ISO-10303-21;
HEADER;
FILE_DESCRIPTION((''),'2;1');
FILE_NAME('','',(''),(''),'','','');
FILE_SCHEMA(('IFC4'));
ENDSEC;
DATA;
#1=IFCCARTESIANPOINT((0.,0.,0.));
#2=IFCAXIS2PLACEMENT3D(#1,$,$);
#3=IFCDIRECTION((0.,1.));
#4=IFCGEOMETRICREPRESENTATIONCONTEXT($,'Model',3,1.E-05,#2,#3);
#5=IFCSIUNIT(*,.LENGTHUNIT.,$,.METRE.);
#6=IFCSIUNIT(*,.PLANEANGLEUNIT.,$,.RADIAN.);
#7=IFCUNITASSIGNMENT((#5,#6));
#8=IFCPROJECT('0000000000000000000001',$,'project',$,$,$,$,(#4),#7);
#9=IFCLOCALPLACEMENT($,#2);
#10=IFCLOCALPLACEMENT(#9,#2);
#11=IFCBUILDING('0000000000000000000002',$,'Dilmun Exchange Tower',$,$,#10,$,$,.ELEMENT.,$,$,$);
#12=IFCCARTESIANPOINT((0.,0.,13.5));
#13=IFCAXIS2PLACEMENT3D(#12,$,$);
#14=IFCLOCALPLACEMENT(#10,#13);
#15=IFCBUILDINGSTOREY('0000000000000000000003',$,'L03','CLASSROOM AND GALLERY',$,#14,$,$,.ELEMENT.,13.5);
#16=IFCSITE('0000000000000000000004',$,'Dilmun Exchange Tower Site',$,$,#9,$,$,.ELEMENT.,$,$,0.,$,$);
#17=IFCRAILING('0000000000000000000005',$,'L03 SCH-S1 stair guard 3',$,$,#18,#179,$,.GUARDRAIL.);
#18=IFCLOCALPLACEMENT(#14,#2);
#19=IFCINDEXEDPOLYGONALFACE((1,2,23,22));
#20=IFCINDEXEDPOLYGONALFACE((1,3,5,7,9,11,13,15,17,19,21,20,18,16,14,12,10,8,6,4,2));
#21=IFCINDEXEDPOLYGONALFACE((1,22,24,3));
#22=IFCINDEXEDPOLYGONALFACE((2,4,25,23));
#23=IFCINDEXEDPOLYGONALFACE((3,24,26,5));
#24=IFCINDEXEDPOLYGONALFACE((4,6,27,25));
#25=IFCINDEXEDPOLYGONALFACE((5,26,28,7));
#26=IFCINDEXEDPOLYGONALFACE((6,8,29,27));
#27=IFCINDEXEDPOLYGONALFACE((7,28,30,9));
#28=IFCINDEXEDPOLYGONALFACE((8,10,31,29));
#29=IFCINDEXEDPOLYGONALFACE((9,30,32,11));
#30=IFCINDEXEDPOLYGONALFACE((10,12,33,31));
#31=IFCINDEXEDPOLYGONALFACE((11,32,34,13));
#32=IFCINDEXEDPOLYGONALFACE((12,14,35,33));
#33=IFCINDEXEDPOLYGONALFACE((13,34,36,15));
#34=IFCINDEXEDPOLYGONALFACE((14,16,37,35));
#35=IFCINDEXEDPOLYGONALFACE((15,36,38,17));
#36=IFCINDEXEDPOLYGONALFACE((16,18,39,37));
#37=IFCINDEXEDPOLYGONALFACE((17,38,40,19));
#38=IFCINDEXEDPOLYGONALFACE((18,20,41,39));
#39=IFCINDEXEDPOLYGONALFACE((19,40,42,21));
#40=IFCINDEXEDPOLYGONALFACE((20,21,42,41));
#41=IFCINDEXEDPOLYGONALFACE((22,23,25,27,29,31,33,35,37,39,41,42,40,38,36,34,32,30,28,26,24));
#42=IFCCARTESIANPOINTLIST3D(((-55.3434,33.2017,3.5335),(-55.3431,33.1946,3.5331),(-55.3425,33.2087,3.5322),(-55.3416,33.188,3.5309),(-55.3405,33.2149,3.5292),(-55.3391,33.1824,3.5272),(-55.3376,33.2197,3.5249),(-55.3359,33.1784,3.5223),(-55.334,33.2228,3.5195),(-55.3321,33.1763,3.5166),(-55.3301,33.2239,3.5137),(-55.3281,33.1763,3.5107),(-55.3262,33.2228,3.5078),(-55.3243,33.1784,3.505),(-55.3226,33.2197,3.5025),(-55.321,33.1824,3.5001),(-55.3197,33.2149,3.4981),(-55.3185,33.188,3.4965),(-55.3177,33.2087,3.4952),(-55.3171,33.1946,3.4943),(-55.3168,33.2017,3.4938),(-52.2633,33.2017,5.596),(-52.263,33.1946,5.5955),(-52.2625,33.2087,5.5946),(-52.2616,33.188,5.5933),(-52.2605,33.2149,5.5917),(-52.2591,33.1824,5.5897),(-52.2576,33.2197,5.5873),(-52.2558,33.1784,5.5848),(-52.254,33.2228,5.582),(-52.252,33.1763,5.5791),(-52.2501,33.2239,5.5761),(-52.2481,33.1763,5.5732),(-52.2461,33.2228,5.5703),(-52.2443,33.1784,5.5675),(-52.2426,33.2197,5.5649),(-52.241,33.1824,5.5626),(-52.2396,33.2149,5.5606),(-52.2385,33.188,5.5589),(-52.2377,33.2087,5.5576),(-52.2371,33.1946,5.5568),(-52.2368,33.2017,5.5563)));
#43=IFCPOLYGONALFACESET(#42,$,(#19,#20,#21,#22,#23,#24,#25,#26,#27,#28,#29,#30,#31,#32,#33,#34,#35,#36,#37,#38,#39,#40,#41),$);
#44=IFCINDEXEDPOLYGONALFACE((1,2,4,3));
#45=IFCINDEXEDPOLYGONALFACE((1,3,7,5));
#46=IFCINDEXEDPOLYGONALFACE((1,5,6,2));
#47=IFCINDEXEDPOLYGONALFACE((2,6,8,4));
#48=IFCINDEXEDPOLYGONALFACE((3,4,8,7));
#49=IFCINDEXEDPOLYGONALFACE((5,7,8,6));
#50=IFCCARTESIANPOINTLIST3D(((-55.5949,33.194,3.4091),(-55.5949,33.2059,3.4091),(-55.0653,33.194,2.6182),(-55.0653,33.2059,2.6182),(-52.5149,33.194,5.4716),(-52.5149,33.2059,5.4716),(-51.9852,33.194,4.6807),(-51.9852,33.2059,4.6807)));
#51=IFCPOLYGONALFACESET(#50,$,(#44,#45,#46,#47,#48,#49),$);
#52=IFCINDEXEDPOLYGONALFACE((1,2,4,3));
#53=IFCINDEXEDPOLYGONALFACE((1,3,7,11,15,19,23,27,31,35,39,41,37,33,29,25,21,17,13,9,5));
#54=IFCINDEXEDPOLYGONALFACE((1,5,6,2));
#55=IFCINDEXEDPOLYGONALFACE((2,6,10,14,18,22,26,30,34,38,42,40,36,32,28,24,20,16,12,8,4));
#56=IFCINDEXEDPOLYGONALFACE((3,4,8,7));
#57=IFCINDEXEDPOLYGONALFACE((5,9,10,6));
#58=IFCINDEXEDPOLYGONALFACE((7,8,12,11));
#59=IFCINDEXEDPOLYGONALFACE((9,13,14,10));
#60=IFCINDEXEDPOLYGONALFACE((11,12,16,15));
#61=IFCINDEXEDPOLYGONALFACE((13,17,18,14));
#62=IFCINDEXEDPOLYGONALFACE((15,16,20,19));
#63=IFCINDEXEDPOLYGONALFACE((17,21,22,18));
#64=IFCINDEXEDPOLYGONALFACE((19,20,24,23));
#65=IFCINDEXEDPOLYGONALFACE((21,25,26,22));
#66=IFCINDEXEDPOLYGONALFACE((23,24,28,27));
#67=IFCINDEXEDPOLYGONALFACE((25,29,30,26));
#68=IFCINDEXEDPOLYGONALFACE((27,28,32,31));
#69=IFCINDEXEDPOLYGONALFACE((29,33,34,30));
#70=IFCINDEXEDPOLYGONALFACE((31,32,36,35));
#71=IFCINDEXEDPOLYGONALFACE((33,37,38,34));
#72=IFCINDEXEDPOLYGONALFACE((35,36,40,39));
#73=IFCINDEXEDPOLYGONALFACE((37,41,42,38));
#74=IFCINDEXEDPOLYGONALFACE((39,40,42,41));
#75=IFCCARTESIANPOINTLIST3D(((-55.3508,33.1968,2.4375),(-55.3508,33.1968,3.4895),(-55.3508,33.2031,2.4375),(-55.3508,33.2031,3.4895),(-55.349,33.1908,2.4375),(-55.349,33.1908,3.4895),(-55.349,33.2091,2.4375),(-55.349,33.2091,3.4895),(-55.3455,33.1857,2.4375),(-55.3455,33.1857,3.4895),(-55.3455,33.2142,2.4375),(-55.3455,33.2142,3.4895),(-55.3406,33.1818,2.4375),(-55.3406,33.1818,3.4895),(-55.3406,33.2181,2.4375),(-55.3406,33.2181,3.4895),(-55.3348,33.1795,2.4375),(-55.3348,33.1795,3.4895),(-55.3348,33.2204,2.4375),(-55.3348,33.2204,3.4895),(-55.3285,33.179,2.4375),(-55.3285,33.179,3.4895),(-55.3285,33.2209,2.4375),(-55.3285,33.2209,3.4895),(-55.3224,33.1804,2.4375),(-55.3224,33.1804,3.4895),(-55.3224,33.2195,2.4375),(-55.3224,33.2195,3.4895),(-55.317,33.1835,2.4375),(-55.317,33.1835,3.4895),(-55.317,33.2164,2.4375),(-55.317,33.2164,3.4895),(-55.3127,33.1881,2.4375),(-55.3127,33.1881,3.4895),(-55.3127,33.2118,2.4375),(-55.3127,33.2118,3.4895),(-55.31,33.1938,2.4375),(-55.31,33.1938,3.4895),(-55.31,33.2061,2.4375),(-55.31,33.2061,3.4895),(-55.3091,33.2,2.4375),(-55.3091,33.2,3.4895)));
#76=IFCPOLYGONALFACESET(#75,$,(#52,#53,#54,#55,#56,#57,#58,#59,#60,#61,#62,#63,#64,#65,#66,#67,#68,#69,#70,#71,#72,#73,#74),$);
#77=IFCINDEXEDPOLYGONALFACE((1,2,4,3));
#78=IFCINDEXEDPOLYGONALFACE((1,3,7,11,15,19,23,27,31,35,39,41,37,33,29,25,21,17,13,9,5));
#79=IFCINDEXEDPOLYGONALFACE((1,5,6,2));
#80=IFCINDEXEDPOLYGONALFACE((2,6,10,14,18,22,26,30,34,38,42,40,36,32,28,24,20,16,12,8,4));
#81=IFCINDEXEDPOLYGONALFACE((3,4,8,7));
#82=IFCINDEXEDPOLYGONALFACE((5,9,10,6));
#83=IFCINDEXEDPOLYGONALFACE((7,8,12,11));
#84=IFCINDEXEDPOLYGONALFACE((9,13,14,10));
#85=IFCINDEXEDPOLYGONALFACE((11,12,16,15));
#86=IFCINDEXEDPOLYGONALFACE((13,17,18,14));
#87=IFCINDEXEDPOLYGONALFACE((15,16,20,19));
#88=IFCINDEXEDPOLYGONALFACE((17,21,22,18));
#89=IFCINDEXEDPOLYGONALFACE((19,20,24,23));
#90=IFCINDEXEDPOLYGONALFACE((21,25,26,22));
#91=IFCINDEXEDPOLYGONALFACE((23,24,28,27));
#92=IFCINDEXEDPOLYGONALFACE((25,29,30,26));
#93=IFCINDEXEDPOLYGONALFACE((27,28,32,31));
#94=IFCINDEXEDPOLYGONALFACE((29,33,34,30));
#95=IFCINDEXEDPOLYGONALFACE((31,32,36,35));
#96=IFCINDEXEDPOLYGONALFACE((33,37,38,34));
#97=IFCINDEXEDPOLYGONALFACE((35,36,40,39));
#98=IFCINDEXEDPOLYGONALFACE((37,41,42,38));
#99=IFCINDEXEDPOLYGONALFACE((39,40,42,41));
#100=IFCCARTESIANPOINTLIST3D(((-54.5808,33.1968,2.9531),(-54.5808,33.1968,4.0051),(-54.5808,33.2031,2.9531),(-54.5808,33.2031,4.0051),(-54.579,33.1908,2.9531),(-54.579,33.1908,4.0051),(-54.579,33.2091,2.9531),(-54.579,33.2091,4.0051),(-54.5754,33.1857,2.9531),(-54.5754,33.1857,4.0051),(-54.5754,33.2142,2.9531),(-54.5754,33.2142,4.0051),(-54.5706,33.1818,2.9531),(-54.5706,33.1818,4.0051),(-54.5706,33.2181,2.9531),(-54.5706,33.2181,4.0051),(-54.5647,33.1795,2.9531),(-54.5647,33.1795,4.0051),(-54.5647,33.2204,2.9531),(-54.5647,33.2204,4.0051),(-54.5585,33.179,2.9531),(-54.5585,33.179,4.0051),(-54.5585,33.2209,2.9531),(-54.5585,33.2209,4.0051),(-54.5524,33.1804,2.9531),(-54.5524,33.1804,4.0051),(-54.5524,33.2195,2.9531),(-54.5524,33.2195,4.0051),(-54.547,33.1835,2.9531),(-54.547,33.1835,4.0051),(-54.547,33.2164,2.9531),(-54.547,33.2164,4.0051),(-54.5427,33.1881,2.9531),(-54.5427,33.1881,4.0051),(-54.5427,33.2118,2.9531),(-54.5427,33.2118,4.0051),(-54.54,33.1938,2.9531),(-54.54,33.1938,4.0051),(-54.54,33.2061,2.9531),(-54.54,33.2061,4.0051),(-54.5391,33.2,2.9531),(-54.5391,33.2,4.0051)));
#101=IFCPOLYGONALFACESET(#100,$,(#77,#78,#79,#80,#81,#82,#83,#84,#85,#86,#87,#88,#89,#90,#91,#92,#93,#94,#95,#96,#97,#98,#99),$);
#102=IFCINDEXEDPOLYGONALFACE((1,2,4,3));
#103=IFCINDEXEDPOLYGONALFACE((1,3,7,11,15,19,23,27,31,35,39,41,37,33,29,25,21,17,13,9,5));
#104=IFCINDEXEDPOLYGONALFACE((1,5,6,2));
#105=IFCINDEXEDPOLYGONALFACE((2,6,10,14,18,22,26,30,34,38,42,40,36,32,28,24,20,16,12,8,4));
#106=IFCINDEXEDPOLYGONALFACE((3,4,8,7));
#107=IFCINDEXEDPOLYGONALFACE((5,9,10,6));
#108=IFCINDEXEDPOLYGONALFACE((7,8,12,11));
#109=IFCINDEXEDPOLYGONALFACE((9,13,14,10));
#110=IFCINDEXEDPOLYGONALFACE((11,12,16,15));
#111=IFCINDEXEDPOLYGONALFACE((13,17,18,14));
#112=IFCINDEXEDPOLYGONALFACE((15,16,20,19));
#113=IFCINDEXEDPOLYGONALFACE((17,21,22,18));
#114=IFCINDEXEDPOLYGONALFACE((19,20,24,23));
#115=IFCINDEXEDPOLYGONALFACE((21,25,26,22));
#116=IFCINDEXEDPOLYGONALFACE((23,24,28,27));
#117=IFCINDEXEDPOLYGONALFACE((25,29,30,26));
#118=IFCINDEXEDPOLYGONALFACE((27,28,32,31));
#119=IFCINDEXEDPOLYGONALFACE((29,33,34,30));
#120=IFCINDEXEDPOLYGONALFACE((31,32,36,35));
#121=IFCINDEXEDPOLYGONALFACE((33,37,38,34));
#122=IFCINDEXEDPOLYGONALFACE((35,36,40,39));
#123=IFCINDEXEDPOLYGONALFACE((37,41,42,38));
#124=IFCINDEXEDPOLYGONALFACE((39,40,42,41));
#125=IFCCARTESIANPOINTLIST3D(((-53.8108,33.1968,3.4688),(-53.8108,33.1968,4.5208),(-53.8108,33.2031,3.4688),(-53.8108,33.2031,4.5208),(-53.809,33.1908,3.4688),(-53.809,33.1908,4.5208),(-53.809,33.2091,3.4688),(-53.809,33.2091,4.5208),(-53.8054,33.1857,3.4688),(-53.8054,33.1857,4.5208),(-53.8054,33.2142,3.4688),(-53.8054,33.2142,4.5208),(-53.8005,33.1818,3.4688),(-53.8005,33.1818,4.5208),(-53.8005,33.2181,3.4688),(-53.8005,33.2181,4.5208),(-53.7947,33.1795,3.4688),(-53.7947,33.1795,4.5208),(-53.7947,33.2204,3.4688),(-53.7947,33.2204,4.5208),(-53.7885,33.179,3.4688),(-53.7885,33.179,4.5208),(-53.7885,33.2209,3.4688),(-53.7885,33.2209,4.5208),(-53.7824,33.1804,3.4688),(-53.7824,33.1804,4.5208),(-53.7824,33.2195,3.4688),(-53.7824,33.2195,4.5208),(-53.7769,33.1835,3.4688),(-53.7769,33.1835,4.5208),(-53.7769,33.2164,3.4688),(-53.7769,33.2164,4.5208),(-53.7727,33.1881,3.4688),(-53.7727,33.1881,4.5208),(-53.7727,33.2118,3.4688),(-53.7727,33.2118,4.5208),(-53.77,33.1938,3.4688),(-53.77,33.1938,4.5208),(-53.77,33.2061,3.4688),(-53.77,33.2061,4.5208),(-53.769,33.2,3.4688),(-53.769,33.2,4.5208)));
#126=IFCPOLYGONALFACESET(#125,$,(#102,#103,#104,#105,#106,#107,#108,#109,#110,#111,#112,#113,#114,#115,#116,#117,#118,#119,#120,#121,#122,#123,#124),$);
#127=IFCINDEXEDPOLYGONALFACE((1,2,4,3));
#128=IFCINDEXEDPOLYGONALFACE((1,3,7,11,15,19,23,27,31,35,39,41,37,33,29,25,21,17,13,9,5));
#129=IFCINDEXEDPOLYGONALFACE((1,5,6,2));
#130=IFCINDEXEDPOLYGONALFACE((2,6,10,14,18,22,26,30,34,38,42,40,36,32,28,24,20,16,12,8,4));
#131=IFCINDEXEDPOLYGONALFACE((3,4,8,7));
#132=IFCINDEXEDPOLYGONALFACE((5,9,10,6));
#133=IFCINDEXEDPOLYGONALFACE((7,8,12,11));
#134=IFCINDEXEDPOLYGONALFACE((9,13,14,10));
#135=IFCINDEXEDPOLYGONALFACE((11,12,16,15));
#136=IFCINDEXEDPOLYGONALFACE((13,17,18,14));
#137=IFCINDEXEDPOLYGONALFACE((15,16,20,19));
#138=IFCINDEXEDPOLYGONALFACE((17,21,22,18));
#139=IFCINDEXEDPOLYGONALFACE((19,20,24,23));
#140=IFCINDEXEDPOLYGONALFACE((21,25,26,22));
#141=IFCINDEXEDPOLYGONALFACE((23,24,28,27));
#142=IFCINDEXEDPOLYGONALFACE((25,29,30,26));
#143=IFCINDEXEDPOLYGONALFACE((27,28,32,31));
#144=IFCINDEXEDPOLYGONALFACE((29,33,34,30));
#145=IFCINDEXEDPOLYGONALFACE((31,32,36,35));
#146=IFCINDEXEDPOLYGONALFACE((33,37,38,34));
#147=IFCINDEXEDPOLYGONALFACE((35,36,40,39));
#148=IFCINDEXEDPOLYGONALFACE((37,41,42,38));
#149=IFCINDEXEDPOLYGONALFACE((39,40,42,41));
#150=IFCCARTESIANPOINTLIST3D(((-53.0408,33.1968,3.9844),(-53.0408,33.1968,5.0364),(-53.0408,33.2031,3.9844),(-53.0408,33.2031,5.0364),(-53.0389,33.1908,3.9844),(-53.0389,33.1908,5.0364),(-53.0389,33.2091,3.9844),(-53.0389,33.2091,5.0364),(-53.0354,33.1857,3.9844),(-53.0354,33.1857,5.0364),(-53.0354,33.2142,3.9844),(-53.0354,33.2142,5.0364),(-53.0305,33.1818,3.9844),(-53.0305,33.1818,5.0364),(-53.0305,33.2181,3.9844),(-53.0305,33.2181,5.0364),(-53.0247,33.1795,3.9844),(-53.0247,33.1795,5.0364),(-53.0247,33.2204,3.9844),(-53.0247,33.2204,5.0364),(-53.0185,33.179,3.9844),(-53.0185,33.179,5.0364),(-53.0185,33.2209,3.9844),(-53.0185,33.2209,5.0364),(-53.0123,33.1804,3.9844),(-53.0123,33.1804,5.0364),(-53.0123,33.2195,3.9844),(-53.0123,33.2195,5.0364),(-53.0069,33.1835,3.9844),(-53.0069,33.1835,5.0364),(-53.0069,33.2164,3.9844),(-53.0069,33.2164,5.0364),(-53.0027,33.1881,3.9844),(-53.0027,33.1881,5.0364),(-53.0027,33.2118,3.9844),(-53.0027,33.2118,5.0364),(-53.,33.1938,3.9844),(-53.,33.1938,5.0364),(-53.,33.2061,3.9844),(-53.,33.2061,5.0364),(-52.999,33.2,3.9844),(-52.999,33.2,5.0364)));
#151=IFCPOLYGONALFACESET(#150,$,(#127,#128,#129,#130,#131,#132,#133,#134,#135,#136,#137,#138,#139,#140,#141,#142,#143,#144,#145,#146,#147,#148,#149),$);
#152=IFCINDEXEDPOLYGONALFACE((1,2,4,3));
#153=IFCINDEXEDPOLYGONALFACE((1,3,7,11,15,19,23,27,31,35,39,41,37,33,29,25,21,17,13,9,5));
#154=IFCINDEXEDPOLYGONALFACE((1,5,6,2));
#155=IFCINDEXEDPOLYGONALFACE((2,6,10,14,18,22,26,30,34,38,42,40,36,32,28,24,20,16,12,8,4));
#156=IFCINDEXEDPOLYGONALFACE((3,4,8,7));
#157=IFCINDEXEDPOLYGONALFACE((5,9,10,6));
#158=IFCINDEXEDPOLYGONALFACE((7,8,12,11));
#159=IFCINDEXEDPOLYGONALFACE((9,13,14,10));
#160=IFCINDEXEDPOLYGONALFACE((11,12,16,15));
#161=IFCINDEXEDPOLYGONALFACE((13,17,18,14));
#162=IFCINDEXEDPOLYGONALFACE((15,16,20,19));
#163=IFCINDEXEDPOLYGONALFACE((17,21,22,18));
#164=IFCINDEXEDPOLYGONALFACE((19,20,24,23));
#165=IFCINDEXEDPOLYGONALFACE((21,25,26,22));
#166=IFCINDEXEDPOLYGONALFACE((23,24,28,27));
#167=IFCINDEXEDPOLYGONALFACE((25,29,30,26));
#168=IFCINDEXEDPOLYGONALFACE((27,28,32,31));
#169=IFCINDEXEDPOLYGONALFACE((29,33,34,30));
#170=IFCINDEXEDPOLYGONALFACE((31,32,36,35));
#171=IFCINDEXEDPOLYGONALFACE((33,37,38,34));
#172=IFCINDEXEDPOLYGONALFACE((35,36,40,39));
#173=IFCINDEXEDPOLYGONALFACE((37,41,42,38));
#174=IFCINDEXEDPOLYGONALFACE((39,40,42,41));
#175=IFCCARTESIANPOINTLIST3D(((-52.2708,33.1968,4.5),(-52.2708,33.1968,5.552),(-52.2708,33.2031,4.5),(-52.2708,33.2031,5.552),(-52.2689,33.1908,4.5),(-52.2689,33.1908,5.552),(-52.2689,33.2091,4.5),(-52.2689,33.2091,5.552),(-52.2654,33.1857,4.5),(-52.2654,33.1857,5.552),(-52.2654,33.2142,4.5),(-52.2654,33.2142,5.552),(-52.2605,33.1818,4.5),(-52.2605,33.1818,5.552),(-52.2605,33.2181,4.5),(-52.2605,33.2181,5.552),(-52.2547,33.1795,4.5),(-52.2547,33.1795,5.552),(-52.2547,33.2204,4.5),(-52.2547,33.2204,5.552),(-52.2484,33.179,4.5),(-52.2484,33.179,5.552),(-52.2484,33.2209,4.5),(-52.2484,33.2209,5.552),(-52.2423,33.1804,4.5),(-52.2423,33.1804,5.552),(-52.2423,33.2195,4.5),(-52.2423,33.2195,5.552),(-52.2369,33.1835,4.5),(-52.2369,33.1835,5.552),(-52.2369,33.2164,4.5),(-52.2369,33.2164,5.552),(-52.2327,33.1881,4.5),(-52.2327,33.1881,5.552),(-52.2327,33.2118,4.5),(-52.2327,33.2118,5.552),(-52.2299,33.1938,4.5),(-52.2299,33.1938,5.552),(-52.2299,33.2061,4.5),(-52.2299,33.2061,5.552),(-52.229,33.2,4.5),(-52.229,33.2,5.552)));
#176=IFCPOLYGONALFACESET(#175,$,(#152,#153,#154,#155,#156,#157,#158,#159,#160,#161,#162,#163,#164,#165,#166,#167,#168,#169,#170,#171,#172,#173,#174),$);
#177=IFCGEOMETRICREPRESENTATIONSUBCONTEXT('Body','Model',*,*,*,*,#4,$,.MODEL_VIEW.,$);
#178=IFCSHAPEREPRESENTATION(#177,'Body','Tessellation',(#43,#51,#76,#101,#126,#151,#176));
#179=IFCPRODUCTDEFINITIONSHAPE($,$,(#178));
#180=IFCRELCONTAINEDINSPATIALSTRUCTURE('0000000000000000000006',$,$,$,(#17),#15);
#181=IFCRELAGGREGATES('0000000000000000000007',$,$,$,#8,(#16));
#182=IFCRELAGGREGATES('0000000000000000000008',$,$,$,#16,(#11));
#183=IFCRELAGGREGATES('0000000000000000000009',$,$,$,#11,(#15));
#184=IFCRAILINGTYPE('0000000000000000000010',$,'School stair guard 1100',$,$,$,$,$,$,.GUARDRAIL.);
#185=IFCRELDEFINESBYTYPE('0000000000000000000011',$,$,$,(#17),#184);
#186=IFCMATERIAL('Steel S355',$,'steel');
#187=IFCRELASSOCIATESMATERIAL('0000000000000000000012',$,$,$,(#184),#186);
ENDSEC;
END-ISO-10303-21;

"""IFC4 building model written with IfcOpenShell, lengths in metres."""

from ifc_helpers import new_model, si_unit, direction, frame, origin, origin_2d, place, context, subcontext, project, spatial, rectangle, circle, extrude, material, type_object, element, save


model = new_model("IFC4")

# Units and contexts
model_context = context("Model", 3, precision=1e-05, world=origin(), true_north=direction((0.0, 1.0)))
body_context = subcontext(model_context, "Body", "Model", "MODEL_VIEW")
ifc_project = project(units=[si_unit("LENGTHUNIT", "METRE"), si_unit("PLANEANGLEUNIT", "RADIAN")], contexts=[model_context])

# Site, building, storey
site_placement = place(None, origin())
site = spatial("IfcSite", under=ifc_project, at=site_placement, Name="Dilmun Exchange Tower Site", CompositionType="ELEMENT", RefElevation=0.0)
building_placement = place(site_placement, origin())
building = spatial("IfcBuilding", under=site, at=building_placement, Name="Dilmun Exchange Tower", CompositionType="ELEMENT")
storey_placement = place(building_placement, frame((0.0, 0.0, 13.5)))
storey = spatial("IfcBuildingStorey", under=building, at=storey_placement, Name="L03", Description="CLASSROOM AND GALLERY", CompositionType="ELEMENT", Elevation=13.5)

# Railing
ifc_material_1 = material(Name="Steel S355", Category="steel")
railing_type_1 = type_object("IfcRailingType", Name="School stair guard 1100", PredefinedType="GUARDRAIL", material=ifc_material_1)
railing_1_placement = place(storey_placement, frame((-55.3301, 33.2, 2.4375)))
element("IfcRailing", 1, at=railing_1_placement, inside=storey, type_object=railing_type_1, Name="L03 SCH-S1 stair guard 3", PredefinedType="GUARDRAIL", context=body_context, shape_type="SweptSolid", body=[
    extrude(circle(Radius=0.0239, at=origin_2d()), frame((0.0, 0.0, 1.0762), z_axis=(0.830914, 0.0, 0.556401), x_axis=(0.0, 1.0, 0.0)), (0.0, 0.0, 1.0), 3.7068),
    extrude(rectangle(XDim=0.012, YDim=0.9519, at=origin_2d()), frame((0.0, 0.0, 0.5762), z_axis=(0.830914, 0.0, 0.556401), x_axis=(0.0, 1.0, 0.0)), (0.0, 0.0, 1.0), 3.7068),
    extrude(circle(Radius=0.021, at=origin_2d()), origin(), (0.0, 0.0, 1.0), 1.052),
    extrude(circle(Radius=0.021, at=origin_2d()), frame((0.77, 0.0, 0.5156)), (0.0, 0.0, 1.0), 1.052),
    extrude(circle(Radius=0.021, at=origin_2d()), frame((1.54, 0.0, 1.0312)), (0.0, 0.0, 1.0), 1.052),
    extrude(circle(Radius=0.021, at=origin_2d()), frame((2.3101, 0.0, 1.5469)), (0.0, 0.0, 1.0), 1.052),
    extrude(circle(Radius=0.021, at=origin_2d()), frame((3.0801, 0.0, 2.0625)), (0.0, 0.0, 1.0), 1.052),
])

save(model, "model.ifc")
